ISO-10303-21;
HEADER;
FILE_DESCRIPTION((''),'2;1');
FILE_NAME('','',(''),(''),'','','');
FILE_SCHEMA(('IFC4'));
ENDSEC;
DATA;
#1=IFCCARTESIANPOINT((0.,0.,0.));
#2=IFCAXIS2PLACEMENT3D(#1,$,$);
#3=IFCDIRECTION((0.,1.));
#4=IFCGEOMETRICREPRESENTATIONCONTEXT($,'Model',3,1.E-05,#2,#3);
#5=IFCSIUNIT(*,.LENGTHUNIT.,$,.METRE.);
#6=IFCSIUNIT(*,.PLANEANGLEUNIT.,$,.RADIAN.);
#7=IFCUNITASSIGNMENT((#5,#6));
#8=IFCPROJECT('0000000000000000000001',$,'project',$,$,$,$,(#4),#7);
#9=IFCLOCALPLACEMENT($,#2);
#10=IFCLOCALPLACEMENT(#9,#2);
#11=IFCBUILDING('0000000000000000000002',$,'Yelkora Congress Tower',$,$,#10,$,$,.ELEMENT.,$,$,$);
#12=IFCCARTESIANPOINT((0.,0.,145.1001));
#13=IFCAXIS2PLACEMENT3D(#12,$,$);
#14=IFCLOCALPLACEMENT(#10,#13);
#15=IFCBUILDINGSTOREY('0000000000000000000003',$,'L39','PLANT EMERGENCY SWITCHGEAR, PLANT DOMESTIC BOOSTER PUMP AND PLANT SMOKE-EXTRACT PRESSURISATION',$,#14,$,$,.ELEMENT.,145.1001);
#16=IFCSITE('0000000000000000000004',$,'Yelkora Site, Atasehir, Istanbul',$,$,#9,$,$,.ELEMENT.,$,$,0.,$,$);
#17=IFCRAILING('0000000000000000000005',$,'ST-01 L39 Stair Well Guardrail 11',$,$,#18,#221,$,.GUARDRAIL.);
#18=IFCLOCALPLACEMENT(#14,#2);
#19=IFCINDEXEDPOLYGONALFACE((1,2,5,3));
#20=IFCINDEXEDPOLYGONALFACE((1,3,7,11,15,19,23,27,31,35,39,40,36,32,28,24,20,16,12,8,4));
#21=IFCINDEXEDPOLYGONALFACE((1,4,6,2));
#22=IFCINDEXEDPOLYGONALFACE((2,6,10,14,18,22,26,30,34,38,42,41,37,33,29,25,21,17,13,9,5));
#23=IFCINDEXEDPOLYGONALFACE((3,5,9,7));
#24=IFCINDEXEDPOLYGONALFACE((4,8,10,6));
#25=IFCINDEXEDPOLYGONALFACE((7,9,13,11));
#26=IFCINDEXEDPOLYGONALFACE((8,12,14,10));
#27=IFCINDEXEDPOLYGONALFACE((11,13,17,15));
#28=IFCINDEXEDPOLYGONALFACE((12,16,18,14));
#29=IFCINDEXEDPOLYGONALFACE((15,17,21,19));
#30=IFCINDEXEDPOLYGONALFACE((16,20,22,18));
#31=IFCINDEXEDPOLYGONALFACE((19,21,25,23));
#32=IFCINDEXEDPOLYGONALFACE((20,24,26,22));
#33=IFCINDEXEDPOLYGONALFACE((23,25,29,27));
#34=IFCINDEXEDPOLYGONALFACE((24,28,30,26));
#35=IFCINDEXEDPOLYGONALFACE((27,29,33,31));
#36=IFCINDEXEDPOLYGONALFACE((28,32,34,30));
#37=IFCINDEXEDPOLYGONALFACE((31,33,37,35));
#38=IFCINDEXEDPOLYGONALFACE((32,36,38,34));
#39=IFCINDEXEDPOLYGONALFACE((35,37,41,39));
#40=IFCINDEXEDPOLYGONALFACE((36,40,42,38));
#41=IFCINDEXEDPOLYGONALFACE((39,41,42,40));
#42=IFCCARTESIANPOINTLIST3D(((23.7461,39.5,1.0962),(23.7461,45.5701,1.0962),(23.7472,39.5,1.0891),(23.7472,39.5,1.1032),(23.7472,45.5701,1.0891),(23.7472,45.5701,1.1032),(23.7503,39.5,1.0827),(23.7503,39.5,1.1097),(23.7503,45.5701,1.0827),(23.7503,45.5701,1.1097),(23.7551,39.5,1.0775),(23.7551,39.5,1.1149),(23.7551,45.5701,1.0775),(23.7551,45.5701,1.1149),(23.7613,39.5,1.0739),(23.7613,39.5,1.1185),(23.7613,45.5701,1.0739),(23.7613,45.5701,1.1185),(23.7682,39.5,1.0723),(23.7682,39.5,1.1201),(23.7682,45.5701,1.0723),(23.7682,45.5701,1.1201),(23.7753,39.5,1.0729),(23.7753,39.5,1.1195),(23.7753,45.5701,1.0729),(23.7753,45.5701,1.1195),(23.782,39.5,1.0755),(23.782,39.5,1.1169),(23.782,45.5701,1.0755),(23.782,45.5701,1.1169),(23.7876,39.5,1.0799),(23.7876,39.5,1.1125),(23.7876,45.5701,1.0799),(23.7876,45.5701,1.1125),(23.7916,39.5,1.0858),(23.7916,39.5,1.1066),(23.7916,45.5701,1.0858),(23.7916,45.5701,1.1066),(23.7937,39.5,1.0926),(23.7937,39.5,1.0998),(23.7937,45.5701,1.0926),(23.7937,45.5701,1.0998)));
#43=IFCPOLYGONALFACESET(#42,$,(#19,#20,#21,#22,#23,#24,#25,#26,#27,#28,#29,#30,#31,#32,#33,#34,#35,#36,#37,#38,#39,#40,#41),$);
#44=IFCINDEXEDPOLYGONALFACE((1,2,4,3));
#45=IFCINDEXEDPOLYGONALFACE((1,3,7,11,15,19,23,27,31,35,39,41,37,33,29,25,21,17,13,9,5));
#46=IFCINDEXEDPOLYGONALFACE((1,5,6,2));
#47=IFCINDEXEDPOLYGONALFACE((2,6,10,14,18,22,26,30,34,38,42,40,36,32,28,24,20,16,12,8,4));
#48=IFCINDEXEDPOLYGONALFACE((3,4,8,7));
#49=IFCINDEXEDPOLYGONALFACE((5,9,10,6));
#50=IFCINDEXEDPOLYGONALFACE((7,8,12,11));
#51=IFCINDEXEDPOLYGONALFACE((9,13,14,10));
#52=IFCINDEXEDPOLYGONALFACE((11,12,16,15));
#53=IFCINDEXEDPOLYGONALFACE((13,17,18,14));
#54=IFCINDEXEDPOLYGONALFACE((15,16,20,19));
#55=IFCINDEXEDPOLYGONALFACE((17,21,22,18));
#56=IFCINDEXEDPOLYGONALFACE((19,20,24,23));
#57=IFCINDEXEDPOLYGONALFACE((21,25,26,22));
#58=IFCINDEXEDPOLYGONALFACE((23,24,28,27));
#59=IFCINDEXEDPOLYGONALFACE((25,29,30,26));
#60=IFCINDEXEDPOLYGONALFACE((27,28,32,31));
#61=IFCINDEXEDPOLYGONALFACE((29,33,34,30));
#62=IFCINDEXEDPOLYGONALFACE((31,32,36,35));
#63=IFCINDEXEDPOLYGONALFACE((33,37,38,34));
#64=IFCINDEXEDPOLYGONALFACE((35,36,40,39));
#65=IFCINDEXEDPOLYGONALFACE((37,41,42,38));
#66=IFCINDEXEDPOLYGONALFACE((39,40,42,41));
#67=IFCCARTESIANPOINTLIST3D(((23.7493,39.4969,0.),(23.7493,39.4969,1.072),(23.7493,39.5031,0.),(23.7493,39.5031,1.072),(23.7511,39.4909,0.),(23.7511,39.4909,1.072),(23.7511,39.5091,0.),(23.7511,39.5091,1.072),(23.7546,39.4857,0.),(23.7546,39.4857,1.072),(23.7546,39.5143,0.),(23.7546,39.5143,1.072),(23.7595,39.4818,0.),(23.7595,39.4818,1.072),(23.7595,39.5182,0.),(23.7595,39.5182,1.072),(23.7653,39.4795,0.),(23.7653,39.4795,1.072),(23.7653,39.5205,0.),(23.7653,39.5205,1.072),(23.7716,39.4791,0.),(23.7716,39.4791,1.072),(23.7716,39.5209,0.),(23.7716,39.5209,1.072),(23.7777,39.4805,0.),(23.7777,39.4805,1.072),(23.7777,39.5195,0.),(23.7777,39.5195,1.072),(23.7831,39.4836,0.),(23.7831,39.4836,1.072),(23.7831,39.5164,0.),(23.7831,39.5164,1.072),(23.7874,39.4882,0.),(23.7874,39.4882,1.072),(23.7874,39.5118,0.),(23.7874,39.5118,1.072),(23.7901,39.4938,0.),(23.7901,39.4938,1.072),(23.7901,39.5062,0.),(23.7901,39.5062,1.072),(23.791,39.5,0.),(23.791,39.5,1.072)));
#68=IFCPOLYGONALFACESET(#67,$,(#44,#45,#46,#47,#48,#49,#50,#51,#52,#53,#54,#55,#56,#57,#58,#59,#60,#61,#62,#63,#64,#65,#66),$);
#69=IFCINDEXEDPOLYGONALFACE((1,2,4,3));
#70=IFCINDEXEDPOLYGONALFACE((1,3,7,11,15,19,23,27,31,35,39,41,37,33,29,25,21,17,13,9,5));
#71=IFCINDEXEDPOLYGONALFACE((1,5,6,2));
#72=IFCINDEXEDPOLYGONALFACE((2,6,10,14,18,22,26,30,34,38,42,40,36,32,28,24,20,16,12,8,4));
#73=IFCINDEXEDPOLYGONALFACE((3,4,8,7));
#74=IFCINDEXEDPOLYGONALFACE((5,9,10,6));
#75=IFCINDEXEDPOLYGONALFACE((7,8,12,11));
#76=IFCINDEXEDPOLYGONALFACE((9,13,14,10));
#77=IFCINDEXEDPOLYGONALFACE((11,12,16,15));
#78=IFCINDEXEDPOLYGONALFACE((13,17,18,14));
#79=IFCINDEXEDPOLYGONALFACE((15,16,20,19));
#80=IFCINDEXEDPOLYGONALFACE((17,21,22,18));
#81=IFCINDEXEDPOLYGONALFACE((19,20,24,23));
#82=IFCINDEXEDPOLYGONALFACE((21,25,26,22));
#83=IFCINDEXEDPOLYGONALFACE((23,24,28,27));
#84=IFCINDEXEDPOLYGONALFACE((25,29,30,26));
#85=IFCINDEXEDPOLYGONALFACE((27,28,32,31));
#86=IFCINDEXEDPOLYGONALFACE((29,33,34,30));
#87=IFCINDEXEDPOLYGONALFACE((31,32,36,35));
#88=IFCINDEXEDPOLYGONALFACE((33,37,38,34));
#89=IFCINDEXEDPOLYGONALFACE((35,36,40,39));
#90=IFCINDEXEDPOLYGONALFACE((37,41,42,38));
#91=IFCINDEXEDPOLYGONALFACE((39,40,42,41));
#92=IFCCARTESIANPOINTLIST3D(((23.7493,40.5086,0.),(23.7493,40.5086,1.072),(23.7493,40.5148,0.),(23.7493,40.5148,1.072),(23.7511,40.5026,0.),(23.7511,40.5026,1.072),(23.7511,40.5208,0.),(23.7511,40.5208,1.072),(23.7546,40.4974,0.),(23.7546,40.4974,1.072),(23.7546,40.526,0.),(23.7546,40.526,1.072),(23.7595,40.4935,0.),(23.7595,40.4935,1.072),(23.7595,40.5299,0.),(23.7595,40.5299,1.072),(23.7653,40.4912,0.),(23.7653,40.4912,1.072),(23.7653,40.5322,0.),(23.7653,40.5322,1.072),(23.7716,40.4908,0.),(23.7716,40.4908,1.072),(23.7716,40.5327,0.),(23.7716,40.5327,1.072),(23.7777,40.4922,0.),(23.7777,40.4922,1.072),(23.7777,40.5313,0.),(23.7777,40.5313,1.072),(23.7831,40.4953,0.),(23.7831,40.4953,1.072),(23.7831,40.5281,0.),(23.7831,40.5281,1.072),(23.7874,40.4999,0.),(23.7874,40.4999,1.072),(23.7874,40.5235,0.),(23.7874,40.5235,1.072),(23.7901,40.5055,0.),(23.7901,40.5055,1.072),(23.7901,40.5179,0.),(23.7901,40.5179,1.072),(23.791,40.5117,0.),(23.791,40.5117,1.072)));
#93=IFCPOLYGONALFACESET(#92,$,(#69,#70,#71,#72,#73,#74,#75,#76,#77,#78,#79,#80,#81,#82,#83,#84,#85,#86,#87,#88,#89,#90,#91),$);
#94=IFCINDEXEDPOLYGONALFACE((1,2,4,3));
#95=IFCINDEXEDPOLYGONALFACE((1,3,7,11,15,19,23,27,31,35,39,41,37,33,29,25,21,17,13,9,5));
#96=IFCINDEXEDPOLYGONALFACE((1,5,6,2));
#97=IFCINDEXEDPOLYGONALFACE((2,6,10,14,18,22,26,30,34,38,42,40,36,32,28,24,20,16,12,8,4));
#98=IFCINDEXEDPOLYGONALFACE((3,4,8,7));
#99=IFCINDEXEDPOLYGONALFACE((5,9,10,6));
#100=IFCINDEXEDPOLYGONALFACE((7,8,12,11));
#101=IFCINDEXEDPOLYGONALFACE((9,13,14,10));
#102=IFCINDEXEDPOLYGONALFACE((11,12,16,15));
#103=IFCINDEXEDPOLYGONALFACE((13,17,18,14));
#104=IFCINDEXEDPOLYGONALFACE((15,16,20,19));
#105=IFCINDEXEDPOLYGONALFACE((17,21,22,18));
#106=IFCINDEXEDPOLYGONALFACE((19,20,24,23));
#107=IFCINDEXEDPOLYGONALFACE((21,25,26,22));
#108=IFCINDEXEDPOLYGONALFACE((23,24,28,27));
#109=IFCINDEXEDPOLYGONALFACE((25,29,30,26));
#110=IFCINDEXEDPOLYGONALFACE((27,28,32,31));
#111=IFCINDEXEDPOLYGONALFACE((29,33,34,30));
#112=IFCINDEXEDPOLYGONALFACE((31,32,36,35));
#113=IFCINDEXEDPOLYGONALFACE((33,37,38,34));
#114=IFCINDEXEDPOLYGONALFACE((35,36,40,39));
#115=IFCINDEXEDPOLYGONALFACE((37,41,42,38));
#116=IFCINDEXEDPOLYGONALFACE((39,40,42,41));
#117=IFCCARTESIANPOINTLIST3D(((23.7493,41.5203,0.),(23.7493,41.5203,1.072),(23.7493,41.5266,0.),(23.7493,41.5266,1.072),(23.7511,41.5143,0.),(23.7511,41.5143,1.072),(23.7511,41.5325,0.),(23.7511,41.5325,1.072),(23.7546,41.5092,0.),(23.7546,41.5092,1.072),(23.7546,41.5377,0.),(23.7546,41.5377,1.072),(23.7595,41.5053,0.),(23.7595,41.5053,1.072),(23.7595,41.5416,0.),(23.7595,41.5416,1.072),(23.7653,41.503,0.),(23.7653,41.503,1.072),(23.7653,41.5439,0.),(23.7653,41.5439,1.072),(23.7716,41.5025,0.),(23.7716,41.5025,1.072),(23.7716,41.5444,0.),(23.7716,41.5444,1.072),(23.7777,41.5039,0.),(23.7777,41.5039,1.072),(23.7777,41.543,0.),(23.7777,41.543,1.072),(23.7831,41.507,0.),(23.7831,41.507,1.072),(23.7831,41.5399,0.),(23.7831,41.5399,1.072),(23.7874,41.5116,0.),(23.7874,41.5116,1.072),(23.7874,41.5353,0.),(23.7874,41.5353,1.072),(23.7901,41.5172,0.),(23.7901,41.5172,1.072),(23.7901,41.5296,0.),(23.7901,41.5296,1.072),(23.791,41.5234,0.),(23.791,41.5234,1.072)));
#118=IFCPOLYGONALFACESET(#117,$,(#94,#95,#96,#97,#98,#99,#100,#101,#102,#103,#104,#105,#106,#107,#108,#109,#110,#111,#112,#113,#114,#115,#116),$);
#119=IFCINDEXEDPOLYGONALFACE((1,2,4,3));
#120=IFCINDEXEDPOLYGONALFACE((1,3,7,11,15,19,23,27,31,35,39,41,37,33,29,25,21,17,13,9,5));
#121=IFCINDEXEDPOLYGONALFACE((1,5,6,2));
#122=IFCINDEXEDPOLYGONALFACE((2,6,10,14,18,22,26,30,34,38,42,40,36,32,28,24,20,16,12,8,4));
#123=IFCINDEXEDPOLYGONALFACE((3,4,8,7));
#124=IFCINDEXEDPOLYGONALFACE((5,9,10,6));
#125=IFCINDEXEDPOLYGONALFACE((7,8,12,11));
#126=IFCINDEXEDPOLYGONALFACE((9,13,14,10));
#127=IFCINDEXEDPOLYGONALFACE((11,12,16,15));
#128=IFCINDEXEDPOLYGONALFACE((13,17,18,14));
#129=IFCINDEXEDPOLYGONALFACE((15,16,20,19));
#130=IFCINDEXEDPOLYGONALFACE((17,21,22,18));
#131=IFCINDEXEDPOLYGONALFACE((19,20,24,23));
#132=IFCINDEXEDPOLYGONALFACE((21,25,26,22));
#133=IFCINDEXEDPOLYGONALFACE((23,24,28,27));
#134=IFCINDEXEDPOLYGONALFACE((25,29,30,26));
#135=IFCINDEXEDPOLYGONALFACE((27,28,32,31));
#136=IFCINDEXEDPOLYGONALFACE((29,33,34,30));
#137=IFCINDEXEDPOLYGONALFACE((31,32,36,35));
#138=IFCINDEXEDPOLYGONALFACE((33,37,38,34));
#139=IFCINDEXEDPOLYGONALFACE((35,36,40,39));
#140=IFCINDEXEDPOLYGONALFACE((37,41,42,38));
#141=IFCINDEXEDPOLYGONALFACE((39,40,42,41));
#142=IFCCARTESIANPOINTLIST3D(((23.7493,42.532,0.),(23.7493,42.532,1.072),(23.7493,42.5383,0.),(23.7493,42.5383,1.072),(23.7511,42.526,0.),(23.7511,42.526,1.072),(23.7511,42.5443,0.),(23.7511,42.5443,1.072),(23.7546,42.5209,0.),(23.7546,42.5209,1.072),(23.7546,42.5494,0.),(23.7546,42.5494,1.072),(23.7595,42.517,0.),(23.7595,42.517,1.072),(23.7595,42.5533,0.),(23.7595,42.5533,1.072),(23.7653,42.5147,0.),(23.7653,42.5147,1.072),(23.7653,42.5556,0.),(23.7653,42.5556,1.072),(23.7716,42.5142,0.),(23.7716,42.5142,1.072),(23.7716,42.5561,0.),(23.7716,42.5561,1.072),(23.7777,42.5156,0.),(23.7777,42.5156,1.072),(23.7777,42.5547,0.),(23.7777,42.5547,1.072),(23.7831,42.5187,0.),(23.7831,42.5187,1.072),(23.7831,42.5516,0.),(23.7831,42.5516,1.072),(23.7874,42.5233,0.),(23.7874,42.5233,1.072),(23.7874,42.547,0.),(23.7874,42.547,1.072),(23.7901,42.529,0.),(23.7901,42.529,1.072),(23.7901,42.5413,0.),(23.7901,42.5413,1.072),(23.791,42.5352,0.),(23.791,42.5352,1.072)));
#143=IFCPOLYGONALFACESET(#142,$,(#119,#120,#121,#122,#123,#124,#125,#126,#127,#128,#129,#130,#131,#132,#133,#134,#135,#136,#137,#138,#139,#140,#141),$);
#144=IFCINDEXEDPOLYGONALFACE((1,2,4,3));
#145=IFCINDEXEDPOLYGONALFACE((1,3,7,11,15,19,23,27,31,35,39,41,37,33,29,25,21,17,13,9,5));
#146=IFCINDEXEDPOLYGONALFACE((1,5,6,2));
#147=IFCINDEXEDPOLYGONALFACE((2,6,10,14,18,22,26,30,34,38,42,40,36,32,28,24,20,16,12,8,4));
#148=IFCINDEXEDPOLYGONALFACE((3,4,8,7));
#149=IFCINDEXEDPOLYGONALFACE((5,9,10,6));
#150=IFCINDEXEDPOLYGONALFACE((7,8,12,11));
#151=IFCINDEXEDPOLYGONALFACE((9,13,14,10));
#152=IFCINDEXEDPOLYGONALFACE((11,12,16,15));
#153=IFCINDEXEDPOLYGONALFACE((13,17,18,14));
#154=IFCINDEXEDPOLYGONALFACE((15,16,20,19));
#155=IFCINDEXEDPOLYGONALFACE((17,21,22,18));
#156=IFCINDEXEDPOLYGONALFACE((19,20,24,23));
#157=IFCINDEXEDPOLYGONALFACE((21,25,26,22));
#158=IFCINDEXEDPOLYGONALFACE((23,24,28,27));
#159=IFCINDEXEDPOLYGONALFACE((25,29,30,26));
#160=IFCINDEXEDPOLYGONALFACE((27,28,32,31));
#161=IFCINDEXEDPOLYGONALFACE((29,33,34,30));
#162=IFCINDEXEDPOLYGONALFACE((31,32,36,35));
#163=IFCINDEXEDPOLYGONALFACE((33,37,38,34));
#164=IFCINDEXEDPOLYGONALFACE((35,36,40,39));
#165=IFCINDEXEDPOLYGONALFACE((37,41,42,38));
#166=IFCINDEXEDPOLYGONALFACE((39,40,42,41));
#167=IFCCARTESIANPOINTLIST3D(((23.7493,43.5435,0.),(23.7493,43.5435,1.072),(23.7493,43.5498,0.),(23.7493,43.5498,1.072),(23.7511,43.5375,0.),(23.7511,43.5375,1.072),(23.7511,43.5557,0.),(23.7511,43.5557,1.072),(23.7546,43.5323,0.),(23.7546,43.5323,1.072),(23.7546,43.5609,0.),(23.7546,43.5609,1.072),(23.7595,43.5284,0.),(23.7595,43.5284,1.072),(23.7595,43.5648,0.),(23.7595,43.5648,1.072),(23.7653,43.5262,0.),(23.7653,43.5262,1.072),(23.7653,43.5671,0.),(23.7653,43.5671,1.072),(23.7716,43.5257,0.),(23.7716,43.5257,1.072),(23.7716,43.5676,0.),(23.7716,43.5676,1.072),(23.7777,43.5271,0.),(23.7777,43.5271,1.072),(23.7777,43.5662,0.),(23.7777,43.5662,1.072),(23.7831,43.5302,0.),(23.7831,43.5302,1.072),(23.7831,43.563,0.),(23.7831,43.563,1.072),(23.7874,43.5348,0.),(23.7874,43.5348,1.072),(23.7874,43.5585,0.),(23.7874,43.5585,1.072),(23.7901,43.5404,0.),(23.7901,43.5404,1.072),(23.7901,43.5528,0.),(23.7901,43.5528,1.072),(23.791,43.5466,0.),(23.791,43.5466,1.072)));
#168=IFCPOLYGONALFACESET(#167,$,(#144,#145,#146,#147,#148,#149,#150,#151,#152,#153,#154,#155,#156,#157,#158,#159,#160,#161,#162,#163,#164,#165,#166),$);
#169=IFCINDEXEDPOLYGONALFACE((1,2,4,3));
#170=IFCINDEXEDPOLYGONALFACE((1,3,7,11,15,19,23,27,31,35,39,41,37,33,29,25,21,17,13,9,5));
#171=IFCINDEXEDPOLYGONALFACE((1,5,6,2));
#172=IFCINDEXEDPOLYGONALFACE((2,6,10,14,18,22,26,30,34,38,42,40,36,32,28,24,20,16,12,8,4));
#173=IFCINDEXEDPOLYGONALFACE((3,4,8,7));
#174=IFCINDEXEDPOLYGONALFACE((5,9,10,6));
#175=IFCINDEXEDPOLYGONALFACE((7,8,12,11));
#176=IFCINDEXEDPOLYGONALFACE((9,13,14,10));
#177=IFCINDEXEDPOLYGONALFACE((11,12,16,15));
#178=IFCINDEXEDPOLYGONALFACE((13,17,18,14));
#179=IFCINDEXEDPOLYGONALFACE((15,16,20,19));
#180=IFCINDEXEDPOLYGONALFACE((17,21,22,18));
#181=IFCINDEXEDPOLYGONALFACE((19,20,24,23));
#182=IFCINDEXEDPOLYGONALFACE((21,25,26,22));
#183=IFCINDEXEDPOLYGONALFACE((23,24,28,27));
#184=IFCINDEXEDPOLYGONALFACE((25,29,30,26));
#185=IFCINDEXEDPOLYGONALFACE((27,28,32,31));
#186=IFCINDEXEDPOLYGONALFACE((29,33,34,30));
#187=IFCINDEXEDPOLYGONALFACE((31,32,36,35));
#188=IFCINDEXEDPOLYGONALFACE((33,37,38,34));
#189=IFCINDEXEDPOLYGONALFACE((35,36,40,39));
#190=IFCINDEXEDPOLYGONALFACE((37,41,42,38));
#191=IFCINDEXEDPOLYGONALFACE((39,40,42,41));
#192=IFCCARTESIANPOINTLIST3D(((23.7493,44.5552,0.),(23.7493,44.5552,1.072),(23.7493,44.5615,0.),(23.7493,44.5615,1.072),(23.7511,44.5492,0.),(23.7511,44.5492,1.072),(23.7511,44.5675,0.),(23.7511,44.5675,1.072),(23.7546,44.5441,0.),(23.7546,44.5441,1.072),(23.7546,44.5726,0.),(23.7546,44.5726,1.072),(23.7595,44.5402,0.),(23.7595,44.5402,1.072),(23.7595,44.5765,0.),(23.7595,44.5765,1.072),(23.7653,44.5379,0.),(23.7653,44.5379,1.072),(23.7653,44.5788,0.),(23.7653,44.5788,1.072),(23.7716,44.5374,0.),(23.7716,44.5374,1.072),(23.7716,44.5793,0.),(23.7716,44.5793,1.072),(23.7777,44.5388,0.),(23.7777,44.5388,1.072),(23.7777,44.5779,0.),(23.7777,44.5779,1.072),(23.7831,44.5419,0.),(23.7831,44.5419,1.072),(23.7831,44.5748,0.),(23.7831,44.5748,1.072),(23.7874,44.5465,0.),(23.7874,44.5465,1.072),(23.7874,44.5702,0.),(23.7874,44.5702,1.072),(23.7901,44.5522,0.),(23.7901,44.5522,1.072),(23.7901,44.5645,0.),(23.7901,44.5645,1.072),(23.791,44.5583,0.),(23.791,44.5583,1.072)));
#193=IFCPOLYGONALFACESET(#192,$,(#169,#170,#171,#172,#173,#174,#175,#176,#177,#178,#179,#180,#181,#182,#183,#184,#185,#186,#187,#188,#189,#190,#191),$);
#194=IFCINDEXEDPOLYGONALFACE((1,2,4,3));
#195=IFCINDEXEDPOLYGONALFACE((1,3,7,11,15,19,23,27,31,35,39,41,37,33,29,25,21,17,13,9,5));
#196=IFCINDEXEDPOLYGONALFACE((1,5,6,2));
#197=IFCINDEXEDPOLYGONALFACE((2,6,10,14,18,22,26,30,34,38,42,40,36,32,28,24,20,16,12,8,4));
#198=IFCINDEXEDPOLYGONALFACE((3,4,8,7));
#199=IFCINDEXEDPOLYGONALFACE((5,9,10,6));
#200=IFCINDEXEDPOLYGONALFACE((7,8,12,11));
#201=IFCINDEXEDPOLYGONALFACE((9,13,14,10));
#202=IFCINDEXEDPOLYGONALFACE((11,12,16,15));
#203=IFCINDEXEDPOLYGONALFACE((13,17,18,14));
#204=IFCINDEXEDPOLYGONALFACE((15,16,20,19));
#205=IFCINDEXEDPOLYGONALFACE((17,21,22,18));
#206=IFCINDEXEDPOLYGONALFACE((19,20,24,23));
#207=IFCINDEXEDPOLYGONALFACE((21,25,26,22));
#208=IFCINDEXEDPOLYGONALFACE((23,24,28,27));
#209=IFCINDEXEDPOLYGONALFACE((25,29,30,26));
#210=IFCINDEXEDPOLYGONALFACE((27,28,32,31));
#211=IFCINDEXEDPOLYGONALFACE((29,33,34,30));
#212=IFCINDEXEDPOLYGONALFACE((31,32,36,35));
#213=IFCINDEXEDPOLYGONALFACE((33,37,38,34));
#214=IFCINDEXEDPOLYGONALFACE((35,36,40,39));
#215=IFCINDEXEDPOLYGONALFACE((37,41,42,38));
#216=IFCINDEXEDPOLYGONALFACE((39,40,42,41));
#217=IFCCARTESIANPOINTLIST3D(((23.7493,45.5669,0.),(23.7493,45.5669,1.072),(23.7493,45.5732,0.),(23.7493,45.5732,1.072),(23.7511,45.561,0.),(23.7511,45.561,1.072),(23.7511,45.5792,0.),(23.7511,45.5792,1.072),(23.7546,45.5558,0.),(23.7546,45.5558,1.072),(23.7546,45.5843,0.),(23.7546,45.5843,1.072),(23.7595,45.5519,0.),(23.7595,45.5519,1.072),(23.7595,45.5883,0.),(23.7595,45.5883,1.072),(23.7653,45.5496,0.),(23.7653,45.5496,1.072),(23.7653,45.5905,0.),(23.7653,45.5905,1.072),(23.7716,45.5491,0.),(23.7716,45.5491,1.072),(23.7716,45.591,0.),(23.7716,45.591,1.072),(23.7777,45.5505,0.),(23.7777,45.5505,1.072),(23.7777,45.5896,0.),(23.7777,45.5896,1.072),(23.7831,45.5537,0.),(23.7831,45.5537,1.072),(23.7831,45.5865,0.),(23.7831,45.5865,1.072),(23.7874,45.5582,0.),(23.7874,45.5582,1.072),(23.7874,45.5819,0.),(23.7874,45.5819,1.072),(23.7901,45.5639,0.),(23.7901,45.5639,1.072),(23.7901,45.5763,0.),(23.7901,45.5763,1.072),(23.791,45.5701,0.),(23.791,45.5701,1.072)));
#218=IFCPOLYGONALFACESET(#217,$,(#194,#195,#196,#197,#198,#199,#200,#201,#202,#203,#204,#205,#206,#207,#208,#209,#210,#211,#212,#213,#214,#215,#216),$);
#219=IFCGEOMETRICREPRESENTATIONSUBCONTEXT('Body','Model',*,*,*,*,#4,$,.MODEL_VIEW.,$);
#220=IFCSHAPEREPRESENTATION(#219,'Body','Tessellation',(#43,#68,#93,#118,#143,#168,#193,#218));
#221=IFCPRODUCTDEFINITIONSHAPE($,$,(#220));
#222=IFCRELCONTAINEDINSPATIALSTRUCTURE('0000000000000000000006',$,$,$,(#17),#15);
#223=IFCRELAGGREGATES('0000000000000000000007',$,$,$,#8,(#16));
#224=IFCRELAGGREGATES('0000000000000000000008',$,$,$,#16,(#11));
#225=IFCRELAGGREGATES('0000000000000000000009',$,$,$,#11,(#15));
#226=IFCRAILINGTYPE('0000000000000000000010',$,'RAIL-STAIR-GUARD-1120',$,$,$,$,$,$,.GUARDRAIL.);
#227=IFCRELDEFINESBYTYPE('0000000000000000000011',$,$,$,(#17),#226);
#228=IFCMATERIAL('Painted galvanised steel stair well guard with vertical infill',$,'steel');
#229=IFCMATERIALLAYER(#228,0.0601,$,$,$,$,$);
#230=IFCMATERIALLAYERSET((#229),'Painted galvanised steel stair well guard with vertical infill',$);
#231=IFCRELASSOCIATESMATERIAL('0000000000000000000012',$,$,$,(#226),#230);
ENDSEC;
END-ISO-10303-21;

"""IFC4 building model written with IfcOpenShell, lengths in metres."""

from ifc_helpers import new_model, si_unit, direction, frame, origin, origin_2d, place, context, subcontext, project, spatial, circle, extrude, material, layer, layer_set, type_object, element, save


model = new_model("IFC4")

# Units and contexts
model_context = context("Model", 3, precision=1e-05, world=origin(), true_north=direction((0.0, 1.0)))
body_context = subcontext(model_context, "Body", "Model", "MODEL_VIEW")
ifc_project = project(units=[si_unit("LENGTHUNIT", "METRE"), si_unit("PLANEANGLEUNIT", "RADIAN")], contexts=[model_context])

# Site, building, storey
site_placement = place(None, origin())
site = spatial("IfcSite", under=ifc_project, at=site_placement, Name="Yelkora Site, Atasehir, Istanbul", CompositionType="ELEMENT", RefElevation=0.0)
building_placement = place(site_placement, origin())
building = spatial("IfcBuilding", under=site, at=building_placement, Name="Yelkora Congress Tower", CompositionType="ELEMENT")
storey_placement = place(building_placement, frame((0.0, 0.0, 145.1001)))
storey = spatial("IfcBuildingStorey", under=building, at=storey_placement, Name="L39", Description="PLANT EMERGENCY SWITCHGEAR, PLANT DOMESTIC BOOSTER PUMP AND PLANT SMOKE-EXTRACT PRESSURISATION", CompositionType="ELEMENT", Elevation=145.1001)

# Railing
ifc_material_1 = material(Name="Painted galvanised steel stair well guard with vertical infill", Category="steel")
ifc_layer_1 = layer(ifc_material_1, 0.0601)
ifc_layer_set_1 = layer_set([ifc_layer_1], Name="Painted galvanised steel stair well guard with vertical infill")
railing_type_1 = type_object("IfcRailingType", Name="RAIL-STAIR-GUARD-1120", PredefinedType="GUARDRAIL", material=ifc_layer_set_1)
railing_1_placement = place(storey_placement, frame((23.77, 39.5, 0.0)))
element("IfcRailing", 1, at=railing_1_placement, inside=storey, type_object=railing_type_1, Name="ST-01 L39 Stair Well Guardrail 11", PredefinedType="GUARDRAIL", context=body_context, shape_type="SweptSolid", body=[
    extrude(circle(Radius=0.0239, at=origin_2d()), frame((0.0, 0.0, 1.0962), z_axis=(0.0, 1.0, 0.0), x_axis=(-1.0, 0.0, 0.0)), (0.0, 0.0, 1.0), 6.0701),
    extrude(circle(Radius=0.021, at=origin_2d()), origin(), (0.0, 0.0, 1.0), 1.072),
    extrude(circle(Radius=0.021, at=origin_2d()), frame((0.0, 1.0117, 0.0)), (0.0, 0.0, 1.0), 1.072),
    extrude(circle(Radius=0.021, at=origin_2d()), frame((0.0, 2.0234, 0.0)), (0.0, 0.0, 1.0), 1.072),
    extrude(circle(Radius=0.021, at=origin_2d()), frame((0.0, 3.0352, 0.0)), (0.0, 0.0, 1.0), 1.072),
    extrude(circle(Radius=0.021, at=origin_2d()), frame((0.0, 4.0466, 0.0)), (0.0, 0.0, 1.0), 1.072),
    extrude(circle(Radius=0.021, at=origin_2d()), frame((0.0, 5.0583, 0.0)), (0.0, 0.0, 1.0), 1.072),
    extrude(circle(Radius=0.021, at=origin_2d()), frame((0.0, 6.0701, 0.0)), (0.0, 0.0, 1.0), 1.072),
])

save(model, "model.ifc")
